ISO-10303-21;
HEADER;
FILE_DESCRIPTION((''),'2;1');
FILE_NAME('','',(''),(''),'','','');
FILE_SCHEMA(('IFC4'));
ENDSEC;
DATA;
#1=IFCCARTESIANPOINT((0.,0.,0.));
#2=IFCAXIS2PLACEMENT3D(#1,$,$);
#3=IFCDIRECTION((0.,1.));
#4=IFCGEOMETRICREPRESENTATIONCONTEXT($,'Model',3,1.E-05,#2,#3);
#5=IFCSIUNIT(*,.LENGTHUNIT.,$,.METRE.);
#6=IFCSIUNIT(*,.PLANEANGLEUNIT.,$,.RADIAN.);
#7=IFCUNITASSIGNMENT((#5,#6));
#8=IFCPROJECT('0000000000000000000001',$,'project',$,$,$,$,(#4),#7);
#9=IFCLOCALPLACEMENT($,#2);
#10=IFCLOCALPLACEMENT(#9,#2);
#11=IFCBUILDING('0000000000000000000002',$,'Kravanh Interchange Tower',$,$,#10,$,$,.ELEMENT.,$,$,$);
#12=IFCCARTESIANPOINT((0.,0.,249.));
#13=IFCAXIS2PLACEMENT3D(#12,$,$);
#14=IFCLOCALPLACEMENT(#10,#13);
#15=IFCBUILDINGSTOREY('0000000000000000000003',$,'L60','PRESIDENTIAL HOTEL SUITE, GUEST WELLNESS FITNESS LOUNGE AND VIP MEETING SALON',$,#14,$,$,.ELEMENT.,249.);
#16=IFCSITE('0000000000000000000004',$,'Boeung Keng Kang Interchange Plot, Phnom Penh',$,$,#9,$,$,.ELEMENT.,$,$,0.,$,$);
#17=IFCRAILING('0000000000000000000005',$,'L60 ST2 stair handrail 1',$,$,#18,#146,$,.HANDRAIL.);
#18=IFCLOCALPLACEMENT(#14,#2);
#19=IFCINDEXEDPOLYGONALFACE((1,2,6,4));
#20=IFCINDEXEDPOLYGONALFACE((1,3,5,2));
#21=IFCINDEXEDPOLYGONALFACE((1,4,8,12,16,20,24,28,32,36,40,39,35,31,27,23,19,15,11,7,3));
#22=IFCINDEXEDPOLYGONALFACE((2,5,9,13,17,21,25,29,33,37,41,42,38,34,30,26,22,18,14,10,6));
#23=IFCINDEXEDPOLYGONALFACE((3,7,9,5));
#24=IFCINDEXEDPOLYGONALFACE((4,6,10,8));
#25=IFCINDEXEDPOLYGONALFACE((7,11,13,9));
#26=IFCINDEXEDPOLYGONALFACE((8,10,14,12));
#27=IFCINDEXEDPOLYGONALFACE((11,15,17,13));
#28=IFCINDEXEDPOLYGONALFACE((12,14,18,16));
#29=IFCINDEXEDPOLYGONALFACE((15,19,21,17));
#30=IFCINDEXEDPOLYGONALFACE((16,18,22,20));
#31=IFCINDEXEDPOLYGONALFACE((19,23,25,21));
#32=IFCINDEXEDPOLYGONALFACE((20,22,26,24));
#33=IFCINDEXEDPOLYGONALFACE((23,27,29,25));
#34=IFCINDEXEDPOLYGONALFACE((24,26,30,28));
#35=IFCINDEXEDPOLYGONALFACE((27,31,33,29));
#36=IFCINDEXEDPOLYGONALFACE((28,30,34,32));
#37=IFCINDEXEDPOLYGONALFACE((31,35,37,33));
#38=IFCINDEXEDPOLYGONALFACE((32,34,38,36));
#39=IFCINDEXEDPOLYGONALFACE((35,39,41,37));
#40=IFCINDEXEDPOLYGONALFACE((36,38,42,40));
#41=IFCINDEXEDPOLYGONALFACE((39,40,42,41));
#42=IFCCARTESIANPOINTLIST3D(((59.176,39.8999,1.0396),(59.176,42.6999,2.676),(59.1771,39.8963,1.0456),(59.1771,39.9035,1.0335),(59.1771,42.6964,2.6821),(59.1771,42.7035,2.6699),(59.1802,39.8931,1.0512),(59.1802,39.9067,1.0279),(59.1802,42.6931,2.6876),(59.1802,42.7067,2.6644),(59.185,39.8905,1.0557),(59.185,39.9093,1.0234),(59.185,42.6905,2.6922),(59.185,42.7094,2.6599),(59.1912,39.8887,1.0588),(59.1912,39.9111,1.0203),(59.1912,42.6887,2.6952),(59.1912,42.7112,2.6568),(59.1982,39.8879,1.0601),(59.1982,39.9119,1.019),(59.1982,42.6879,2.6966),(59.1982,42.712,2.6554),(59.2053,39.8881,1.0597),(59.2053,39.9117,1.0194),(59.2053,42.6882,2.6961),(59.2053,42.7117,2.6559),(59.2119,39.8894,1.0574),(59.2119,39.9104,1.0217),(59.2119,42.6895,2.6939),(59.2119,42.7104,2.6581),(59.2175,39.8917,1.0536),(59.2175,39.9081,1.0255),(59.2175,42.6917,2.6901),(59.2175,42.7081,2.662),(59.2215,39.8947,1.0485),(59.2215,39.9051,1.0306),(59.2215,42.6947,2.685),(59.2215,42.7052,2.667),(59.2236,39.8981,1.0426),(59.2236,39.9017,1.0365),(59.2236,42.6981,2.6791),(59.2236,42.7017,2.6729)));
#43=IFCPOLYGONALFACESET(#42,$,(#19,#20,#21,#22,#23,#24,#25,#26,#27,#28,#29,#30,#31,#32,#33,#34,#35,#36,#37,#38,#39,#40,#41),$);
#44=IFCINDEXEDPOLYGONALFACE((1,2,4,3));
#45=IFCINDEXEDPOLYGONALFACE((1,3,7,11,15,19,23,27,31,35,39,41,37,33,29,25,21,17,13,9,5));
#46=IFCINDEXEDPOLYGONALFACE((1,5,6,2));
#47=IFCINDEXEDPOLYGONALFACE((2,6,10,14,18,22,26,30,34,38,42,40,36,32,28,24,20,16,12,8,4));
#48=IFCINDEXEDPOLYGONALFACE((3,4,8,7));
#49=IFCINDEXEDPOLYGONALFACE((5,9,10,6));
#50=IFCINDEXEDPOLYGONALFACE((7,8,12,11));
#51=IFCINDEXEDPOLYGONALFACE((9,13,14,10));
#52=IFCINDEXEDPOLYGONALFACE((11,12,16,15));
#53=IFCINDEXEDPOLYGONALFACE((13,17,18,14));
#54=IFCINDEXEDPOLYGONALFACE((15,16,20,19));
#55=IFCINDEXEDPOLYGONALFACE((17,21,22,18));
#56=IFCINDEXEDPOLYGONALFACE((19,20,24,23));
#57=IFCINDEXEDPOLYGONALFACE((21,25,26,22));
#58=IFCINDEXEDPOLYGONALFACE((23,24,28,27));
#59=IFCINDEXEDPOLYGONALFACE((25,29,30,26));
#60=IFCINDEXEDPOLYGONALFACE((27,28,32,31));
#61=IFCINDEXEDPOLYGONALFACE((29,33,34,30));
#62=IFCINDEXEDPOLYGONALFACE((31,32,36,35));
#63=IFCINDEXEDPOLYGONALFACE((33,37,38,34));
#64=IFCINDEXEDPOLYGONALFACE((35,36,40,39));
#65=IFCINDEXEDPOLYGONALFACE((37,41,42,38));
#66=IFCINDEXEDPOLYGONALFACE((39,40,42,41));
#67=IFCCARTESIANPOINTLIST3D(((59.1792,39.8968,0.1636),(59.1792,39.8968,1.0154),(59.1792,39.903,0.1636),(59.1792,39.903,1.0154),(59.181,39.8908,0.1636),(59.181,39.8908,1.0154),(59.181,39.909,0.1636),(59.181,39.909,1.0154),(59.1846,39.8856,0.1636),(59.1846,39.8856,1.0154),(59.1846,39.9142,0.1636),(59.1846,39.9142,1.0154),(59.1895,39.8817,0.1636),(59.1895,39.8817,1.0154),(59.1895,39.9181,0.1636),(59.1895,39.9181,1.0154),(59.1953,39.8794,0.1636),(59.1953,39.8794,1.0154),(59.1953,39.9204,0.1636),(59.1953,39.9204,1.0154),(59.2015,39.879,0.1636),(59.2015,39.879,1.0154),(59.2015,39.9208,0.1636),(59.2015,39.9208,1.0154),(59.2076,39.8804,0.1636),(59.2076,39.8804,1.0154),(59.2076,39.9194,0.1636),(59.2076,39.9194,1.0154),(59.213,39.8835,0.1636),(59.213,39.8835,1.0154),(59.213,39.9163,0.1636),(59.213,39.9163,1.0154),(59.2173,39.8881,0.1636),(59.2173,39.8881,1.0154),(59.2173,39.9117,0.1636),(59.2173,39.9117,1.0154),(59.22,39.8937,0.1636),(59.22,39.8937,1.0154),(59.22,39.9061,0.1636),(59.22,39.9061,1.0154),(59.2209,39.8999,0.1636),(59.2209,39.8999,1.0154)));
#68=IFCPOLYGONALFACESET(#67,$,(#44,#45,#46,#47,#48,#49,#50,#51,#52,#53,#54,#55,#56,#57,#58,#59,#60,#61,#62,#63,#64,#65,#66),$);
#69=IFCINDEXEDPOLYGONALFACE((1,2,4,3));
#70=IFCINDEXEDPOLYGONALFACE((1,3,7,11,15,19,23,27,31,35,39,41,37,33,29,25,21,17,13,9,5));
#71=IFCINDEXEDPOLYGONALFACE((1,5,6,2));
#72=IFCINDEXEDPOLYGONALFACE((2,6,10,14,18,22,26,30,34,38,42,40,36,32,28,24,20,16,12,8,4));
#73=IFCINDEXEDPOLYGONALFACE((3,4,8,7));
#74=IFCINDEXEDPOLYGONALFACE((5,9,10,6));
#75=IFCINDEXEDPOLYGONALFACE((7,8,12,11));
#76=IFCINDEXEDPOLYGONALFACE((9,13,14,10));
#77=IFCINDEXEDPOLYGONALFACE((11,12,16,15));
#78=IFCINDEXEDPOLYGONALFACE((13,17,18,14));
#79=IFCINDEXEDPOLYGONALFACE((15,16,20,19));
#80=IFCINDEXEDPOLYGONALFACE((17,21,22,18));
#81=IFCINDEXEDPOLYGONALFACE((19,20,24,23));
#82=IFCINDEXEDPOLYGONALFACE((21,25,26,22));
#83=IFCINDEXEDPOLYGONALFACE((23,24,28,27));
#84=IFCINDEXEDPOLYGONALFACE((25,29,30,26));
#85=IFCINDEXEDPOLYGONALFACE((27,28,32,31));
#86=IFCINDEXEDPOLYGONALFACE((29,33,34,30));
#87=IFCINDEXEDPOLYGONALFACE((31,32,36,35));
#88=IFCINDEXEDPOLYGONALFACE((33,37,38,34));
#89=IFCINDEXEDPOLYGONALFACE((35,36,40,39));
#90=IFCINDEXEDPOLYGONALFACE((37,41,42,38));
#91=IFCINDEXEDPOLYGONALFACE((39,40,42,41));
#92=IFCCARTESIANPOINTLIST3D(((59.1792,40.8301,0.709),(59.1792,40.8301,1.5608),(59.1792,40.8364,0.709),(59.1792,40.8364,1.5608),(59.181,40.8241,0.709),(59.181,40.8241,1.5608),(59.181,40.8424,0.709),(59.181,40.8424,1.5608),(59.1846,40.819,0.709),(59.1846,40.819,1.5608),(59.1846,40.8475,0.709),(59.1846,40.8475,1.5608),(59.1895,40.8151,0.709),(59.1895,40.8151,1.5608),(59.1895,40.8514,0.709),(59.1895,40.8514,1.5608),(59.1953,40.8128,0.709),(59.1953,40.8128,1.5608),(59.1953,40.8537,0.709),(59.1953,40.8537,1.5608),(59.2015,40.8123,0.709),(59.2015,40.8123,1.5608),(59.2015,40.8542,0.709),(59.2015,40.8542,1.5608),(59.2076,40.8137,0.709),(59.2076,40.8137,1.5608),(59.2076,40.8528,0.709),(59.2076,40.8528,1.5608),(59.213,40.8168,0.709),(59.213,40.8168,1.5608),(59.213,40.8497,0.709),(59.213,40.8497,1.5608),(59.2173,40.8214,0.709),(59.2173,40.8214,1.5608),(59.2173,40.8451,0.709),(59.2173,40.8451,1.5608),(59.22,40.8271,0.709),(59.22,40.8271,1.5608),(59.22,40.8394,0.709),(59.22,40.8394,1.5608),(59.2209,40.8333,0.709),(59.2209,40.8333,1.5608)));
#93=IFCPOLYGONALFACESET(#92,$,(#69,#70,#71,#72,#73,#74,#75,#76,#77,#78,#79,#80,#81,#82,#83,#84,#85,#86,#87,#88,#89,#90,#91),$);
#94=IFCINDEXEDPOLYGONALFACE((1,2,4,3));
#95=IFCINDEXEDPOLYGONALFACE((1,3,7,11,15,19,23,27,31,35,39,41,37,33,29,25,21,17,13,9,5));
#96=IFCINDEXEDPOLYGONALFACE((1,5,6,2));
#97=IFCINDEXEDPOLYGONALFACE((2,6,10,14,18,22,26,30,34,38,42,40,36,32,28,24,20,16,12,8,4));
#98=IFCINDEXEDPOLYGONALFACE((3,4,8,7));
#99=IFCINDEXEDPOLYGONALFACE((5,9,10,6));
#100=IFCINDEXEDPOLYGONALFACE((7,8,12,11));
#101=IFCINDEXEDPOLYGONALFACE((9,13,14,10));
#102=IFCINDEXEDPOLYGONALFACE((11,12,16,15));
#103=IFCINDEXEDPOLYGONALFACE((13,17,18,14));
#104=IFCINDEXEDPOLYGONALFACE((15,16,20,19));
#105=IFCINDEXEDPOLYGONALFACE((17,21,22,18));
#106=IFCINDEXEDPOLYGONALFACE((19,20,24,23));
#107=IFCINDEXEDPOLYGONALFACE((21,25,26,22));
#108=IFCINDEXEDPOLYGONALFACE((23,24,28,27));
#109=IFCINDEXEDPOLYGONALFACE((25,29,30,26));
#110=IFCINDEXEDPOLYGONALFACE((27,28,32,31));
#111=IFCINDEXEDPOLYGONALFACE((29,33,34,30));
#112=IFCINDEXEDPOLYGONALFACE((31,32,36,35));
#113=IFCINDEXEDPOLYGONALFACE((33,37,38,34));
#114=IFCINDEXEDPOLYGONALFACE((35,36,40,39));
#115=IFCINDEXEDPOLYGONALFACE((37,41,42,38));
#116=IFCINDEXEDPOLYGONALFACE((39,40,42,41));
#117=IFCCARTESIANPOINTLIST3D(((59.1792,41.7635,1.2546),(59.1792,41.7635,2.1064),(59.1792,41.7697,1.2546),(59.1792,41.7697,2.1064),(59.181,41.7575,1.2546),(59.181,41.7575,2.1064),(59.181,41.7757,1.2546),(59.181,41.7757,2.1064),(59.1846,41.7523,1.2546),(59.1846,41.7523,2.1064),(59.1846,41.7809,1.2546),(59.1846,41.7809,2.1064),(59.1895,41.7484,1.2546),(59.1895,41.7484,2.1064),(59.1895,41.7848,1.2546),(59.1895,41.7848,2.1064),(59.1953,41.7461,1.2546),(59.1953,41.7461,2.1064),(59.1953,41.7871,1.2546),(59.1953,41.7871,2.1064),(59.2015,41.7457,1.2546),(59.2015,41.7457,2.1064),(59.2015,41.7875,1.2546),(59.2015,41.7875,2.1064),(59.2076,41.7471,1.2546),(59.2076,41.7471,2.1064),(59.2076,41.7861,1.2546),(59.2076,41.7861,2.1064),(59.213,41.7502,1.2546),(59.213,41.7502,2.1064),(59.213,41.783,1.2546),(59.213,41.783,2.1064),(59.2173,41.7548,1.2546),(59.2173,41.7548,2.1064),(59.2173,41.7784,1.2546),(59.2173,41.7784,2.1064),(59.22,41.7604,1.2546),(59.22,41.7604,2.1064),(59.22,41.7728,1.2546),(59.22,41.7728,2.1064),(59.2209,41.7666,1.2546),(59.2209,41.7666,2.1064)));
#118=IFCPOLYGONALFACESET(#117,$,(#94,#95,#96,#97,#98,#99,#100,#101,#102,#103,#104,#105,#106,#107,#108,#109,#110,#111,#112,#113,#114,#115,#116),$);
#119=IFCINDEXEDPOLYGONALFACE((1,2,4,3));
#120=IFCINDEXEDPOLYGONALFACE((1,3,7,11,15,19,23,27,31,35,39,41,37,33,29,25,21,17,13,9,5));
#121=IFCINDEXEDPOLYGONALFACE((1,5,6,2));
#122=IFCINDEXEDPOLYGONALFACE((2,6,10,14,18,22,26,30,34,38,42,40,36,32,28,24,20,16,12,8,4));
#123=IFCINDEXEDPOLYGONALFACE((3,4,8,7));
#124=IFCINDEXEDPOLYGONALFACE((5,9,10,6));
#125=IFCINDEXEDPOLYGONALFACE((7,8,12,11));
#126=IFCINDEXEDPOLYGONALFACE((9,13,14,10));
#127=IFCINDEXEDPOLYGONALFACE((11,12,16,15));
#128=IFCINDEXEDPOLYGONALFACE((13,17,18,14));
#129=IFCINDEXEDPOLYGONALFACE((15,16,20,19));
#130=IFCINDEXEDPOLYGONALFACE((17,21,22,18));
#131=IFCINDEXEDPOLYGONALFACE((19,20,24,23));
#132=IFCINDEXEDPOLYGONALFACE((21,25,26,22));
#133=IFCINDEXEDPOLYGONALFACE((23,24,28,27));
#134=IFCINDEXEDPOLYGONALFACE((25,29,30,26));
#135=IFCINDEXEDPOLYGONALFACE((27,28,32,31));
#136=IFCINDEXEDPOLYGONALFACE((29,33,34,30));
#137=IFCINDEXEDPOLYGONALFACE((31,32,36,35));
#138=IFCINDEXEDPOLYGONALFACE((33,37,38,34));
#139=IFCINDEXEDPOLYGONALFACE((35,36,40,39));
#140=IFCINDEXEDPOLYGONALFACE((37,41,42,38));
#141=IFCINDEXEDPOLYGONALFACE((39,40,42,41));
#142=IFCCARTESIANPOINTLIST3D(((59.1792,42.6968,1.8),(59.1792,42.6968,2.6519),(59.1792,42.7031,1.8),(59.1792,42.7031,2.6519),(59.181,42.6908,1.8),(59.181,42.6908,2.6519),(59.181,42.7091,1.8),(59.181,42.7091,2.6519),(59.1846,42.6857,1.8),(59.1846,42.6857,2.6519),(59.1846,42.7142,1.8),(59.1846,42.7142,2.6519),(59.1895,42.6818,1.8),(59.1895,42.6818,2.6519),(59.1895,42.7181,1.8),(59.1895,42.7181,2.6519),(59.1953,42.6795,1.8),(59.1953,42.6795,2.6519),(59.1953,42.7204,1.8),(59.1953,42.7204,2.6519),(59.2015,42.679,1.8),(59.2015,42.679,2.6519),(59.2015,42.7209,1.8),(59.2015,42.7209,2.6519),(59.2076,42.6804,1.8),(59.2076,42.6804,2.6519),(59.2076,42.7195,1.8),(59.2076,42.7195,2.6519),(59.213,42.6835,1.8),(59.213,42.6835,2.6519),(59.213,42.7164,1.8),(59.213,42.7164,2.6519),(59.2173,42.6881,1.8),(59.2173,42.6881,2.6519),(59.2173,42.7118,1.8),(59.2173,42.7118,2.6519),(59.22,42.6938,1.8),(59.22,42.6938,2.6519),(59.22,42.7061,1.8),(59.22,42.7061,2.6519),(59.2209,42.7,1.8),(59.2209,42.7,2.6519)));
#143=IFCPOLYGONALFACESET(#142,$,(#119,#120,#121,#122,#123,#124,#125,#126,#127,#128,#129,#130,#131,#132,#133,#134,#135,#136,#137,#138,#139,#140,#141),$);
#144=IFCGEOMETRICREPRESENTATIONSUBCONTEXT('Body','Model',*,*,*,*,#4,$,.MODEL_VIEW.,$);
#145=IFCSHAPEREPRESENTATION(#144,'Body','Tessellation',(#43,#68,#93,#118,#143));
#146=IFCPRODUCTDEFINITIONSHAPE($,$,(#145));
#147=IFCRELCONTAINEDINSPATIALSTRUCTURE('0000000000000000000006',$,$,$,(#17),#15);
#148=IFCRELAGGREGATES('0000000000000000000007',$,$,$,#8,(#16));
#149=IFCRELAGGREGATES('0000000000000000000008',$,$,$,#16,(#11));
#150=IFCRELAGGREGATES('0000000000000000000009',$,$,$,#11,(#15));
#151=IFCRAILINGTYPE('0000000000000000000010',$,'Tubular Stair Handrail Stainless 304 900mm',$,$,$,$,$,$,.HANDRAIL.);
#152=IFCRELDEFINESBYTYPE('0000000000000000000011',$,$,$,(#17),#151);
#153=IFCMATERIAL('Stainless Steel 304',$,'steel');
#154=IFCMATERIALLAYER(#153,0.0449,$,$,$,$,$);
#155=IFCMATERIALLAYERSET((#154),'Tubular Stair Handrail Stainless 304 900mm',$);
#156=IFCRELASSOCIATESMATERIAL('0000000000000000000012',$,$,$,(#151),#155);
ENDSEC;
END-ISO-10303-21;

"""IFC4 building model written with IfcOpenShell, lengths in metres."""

from ifc_helpers import new_model, si_unit, direction, frame, origin, origin_2d, place, context, subcontext, project, spatial, circle, extrude, material, layer, layer_set, type_object, element, save


model = new_model("IFC4")

# Units and contexts
model_context = context("Model", 3, precision=1e-05, world=origin(), true_north=direction((0.0, 1.0)))
body_context = subcontext(model_context, "Body", "Model", "MODEL_VIEW")
ifc_project = project(units=[si_unit("LENGTHUNIT", "METRE"), si_unit("PLANEANGLEUNIT", "RADIAN")], contexts=[model_context])

# Site, building, storey
site_placement = place(None, origin())
site = spatial("IfcSite", under=ifc_project, at=site_placement, Name="Boeung Keng Kang Interchange Plot, Phnom Penh", CompositionType="ELEMENT", RefElevation=0.0)
building_placement = place(site_placement, origin())
building = spatial("IfcBuilding", under=site, at=building_placement, Name="Kravanh Interchange Tower", CompositionType="ELEMENT")
storey_placement = place(building_placement, frame((0.0, 0.0, 249.0)))
storey = spatial("IfcBuildingStorey", under=building, at=storey_placement, Name="L60", Description="PRESIDENTIAL HOTEL SUITE, GUEST WELLNESS FITNESS LOUNGE AND VIP MEETING SALON", CompositionType="ELEMENT", Elevation=249.0)

# Railing
ifc_material_1 = material(Name="Stainless Steel 304", Category="steel")
ifc_layer_1 = layer(ifc_material_1, 0.0449)
ifc_layer_set_1 = layer_set([ifc_layer_1], Name="Tubular Stair Handrail Stainless 304 900mm")
railing_type_1 = type_object("IfcRailingType", Name="Tubular Stair Handrail Stainless 304 900mm", PredefinedType="HANDRAIL", material=ifc_layer_set_1)
railing_1_placement = place(storey_placement, frame((59.2, 39.8999, 0.1636)))
element("IfcRailing", 1, at=railing_1_placement, inside=storey, type_object=railing_type_1, Name="L60 ST2 stair handrail 1", PredefinedType="HANDRAIL", context=body_context, shape_type="SweptSolid", body=[
    extrude(circle(Radius=0.0239, at=origin_2d()), frame((0.0, 0.0, 0.876), z_axis=(0.0, 0.863361, 0.504587), x_axis=(-1.0, 0.0, 0.0)), (0.0, 0.0, 1.0), 3.2432),
    extrude(circle(Radius=0.021, at=origin_2d()), origin(), (0.0, 0.0, 1.0), 0.8518),
    extrude(circle(Radius=0.021, at=origin_2d()), frame((0.0, 0.9333, 0.5454)), (0.0, 0.0, 1.0), 0.8518),
    extrude(circle(Radius=0.021, at=origin_2d()), frame((0.0, 1.8667, 1.0911)), (0.0, 0.0, 1.0), 0.8518),
    extrude(circle(Radius=0.021, at=origin_2d()), frame((0.0, 2.8, 1.6365)), (0.0, 0.0, 1.0), 0.8518),
])

save(model, "model.ifc")
